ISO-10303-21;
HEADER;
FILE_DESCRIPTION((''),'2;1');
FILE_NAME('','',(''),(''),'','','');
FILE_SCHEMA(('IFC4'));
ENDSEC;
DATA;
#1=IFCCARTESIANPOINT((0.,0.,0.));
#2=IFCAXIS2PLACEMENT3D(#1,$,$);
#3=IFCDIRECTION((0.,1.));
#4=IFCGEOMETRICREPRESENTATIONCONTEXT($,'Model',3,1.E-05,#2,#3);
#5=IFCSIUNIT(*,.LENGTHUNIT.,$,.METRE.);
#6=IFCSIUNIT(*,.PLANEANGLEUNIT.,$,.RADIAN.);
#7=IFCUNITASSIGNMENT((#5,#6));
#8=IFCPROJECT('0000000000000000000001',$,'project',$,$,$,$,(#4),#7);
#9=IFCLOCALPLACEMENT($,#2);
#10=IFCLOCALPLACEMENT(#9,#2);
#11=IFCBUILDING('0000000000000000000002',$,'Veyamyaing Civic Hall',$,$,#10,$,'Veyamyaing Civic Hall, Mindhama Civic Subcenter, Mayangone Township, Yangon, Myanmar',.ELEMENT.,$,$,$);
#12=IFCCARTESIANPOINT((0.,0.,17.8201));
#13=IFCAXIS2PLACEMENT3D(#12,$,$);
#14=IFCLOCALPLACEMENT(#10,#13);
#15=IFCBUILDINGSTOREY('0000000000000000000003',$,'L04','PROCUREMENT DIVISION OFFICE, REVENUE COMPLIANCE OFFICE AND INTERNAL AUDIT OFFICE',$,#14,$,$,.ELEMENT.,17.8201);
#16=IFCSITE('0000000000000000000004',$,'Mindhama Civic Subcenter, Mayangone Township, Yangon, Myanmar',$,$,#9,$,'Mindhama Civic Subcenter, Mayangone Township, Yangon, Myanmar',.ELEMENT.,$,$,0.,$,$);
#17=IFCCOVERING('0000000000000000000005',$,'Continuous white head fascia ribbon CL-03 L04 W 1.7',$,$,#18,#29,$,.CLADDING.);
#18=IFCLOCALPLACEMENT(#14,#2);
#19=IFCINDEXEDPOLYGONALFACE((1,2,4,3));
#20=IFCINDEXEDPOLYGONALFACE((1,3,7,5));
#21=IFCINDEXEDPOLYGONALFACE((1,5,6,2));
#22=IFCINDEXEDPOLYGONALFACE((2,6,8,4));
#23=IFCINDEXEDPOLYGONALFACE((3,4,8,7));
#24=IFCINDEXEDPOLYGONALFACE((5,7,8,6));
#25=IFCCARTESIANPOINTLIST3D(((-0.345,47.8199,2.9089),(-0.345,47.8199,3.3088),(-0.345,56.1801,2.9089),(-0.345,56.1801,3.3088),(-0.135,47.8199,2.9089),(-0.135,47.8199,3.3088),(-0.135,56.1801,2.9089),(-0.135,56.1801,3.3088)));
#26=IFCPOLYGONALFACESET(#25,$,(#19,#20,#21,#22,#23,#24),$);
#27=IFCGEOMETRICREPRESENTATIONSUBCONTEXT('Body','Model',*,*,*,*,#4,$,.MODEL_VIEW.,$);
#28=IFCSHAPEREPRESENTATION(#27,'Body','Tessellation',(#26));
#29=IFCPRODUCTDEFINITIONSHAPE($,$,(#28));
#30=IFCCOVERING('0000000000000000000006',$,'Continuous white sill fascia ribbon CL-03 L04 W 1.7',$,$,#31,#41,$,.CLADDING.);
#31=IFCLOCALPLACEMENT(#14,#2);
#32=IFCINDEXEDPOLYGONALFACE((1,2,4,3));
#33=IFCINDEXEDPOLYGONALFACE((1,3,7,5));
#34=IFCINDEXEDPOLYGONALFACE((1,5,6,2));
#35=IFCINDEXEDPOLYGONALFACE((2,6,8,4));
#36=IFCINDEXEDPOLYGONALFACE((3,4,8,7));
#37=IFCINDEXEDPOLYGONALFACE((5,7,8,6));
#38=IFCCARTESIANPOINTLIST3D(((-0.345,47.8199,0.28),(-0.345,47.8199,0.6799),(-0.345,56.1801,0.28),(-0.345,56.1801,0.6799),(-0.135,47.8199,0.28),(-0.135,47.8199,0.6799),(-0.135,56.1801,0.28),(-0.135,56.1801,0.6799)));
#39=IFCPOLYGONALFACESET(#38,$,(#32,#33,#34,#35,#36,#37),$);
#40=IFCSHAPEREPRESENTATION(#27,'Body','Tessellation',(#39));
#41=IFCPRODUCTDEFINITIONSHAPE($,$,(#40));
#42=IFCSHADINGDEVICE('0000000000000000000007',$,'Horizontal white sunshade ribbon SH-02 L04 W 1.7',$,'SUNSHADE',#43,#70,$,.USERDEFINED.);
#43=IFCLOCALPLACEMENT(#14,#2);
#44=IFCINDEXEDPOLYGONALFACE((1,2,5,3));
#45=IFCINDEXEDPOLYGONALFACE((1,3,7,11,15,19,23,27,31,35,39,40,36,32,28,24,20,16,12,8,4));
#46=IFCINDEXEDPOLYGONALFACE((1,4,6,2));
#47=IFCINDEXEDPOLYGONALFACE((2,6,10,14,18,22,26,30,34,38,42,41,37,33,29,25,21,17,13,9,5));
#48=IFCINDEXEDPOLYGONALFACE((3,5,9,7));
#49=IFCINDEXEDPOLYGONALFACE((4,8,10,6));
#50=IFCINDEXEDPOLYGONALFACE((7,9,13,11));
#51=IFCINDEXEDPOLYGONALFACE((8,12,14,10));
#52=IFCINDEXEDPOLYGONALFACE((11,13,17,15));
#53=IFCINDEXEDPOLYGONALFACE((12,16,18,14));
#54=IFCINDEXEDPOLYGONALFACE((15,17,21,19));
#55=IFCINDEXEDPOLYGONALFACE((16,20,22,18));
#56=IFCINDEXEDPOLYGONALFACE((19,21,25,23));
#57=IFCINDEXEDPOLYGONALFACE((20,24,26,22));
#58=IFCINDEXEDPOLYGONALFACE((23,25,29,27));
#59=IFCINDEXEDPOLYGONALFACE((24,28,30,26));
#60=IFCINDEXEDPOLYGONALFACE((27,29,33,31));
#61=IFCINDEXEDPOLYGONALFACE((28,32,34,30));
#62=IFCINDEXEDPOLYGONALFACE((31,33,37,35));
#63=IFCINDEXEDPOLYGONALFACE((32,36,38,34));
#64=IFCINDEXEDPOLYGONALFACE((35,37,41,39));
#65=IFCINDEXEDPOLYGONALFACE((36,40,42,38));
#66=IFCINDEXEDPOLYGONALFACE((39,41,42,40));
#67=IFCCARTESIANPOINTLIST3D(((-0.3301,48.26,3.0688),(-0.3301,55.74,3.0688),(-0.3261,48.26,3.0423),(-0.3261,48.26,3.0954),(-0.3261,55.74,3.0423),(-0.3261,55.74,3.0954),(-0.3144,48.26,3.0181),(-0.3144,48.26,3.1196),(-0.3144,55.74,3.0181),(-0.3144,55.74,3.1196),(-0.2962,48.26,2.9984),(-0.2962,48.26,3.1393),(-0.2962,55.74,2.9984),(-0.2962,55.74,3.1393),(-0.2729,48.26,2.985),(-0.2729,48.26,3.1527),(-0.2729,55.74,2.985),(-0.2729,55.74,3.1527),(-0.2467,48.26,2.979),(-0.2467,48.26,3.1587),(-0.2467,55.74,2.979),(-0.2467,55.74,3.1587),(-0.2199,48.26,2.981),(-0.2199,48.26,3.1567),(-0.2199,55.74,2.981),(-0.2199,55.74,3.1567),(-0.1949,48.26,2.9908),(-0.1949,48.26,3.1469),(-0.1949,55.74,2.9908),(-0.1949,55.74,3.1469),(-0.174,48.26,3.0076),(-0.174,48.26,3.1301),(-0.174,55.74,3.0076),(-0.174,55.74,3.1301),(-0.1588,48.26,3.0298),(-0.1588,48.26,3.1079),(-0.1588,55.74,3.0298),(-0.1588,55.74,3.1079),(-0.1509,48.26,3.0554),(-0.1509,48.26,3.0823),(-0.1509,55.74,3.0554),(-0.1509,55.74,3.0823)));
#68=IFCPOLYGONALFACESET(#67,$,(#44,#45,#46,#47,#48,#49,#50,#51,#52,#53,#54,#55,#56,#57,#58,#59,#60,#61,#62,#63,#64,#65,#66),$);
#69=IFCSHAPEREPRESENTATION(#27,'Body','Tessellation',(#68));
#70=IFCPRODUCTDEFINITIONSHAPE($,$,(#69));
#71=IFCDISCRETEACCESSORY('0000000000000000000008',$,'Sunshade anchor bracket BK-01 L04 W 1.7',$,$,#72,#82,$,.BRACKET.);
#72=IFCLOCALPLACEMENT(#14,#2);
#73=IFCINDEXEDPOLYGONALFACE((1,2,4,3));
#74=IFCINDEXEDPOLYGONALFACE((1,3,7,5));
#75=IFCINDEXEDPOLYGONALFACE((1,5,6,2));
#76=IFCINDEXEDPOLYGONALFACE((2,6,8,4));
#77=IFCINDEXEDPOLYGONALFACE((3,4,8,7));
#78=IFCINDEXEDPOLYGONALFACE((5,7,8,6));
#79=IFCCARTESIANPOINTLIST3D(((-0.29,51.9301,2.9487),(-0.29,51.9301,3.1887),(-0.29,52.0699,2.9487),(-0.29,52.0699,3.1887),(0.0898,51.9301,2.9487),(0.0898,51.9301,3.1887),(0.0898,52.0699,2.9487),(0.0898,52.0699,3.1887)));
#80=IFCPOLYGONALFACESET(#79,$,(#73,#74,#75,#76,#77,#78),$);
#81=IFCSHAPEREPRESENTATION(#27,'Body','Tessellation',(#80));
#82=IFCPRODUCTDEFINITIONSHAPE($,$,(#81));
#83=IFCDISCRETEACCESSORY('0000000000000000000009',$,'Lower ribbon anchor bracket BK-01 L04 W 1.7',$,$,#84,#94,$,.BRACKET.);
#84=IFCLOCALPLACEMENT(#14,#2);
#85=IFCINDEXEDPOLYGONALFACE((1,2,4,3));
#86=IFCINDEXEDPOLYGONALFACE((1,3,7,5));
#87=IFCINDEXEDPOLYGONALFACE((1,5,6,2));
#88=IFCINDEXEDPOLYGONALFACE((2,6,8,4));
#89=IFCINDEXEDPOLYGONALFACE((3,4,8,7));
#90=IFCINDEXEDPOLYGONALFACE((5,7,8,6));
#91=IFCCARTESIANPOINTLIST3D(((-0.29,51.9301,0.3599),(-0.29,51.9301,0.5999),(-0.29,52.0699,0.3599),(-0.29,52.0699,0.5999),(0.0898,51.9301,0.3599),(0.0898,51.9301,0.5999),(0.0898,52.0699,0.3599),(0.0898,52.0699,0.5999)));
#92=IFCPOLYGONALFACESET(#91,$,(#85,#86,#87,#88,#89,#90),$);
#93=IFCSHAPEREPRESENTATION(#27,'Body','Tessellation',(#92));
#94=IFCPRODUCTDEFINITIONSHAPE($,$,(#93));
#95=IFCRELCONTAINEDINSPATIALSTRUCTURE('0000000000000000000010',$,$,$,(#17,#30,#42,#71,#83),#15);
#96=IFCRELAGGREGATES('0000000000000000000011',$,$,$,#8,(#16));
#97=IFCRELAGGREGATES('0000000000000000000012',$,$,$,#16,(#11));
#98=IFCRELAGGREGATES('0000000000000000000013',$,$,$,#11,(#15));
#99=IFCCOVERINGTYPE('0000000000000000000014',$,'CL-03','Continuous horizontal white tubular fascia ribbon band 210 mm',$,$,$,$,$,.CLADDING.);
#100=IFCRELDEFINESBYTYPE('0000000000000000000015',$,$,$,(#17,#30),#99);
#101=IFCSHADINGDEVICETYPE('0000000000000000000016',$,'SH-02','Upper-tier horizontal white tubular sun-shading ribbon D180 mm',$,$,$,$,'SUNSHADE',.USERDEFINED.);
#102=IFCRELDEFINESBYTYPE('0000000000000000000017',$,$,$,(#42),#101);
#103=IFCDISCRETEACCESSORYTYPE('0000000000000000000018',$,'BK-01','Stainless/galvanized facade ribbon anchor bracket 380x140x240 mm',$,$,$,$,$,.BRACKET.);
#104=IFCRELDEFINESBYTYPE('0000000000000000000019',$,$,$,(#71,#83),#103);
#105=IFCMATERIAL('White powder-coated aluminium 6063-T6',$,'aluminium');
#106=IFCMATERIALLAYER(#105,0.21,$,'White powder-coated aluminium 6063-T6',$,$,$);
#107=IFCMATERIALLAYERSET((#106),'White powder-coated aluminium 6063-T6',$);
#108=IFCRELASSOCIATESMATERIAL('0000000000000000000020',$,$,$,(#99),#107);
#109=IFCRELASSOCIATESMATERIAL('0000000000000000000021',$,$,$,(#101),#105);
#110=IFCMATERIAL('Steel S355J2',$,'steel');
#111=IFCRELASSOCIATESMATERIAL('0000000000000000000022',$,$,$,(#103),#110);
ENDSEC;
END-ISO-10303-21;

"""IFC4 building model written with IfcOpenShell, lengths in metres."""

from ifc_helpers import new_model, si_unit, direction, frame, origin, origin_2d, place, context, subcontext, project, spatial, rectangle, circle, extrude, material, layer, layer_set, material_profile, profile_set, type_object, element, save


model = new_model("IFC4")

# Units and contexts
model_context = context("Model", 3, precision=1e-05, world=origin(), true_north=direction((0.0, 1.0)))
body_context = subcontext(model_context, "Body", "Model", "MODEL_VIEW")
ifc_project = project(units=[si_unit("LENGTHUNIT", "METRE"), si_unit("PLANEANGLEUNIT", "RADIAN")], contexts=[model_context])

# Site, building, storey
site_placement = place(None, origin())
site = spatial("IfcSite", under=ifc_project, at=site_placement, Name="Mindhama Civic Subcenter, Mayangone Township, Yangon, Myanmar", LongName="Mindhama Civic Subcenter, Mayangone Township, Yangon, Myanmar", CompositionType="ELEMENT", RefElevation=0.0)
building_placement = place(site_placement, origin())
building = spatial("IfcBuilding", under=site, at=building_placement, Name="Veyamyaing Civic Hall", LongName="Veyamyaing Civic Hall, Mindhama Civic Subcenter, Mayangone Township, Yangon, Myanmar", CompositionType="ELEMENT")
storey_placement = place(building_placement, frame((0.0, 0.0, 17.8201)))
storey = spatial("IfcBuildingStorey", under=building, at=storey_placement, Name="L04", Description="PROCUREMENT DIVISION OFFICE, REVENUE COMPLIANCE OFFICE AND INTERNAL AUDIT OFFICE", CompositionType="ELEMENT", Elevation=17.8201)

# Coverings
ifc_material_1 = material(Name="White powder-coated aluminium 6063-T6", Category="aluminium")
ifc_layer_1 = layer(ifc_material_1, 0.21, Name="White powder-coated aluminium 6063-T6")
ifc_layer_set_1 = layer_set([ifc_layer_1], Name="White powder-coated aluminium 6063-T6")
covering_type_1 = type_object("IfcCoveringType", Name="CL-03", Description="Continuous horizontal white tubular fascia ribbon band 210 mm", PredefinedType="CLADDING", material=ifc_layer_set_1)
for number, where, z_axis, x_axis, name in (
    (1, (-0.24, 52.0, 2.9089), (0.0, 0.0, 1.0), (0.0, 1.0, 0.0), "Continuous white head fascia ribbon CL-03 L04 W 1.7"),
    (2, (-0.24, 52.0, 0.28), (0.0, 0.0, 1.0), (0.0, 1.0, 0.0), "Continuous white sill fascia ribbon CL-03 L04 W 1.7"),
):
    element("IfcCovering", number, at=place(storey_placement, frame(where, z_axis=z_axis, x_axis=x_axis)), inside=storey, type_object=covering_type_1, Name=name, PredefinedType="CLADDING", context=body_context, shape_type="SweptSolid", body=[
        extrude(rectangle(XDim=8.3601, YDim=0.21, at=origin_2d()), origin(), (0.0, 0.0, 1.0), 0.3999),
    ])

# Shading device
ifc_material_profile_1 = material_profile(ifc_material_1, circle(Radius=0.0901, at=origin_2d()), Name="SHADE-TUBE-180")
ifc_profile_set_1 = profile_set([ifc_material_profile_1], Name="White powder-coated aluminium 6063-T6")
shading_device_type = type_object("IfcShadingDeviceType", Name="SH-02", Description="Upper-tier horizontal white tubular sun-shading ribbon D180 mm", ElementType="SUNSHADE", PredefinedType="USERDEFINED", material=ifc_profile_set_1)
shading_device_placement = place(storey_placement, frame((-0.24, 48.26, 3.0688), z_axis=(0.0, 1.0, 0.0), x_axis=(-1.0, 0.0, 0.0)))
element("IfcShadingDevice", 3, at=shading_device_placement, inside=storey, type_object=shading_device_type, Name="Horizontal white sunshade ribbon SH-02 L04 W 1.7", ObjectType="SUNSHADE", PredefinedType="USERDEFINED", context=body_context, shape_type="SweptSolid", body=[
    extrude(circle(Radius=0.0901, at=origin_2d()), origin(), (0.0, 0.0, 1.0), 7.48),
])

# Discrete accessories
ifc_material_2 = material(Name="Steel S355J2", Category="steel")
discrete_accessory_type = type_object("IfcDiscreteAccessoryType", Name="BK-01", Description="Stainless/galvanized facade ribbon anchor bracket 380x140x240 mm", PredefinedType="BRACKET", material=ifc_material_2)
for number, where, z_axis, x_axis, name in (
    (4, (-0.1001, 52.0, 2.9487), (0.0, 0.0, 1.0), (-1.0, 0.0, 0.0), "Sunshade anchor bracket BK-01 L04 W 1.7"),
    (5, (-0.1001, 52.0, 0.3599), (0.0, 0.0, 1.0), (-1.0, 0.0, 0.0), "Lower ribbon anchor bracket BK-01 L04 W 1.7"),
):
    element("IfcDiscreteAccessory", number, at=place(storey_placement, frame(where, z_axis=z_axis, x_axis=x_axis)), inside=storey, type_object=discrete_accessory_type, Name=name, PredefinedType="BRACKET", context=body_context, shape_type="SweptSolid", body=[
        extrude(rectangle(XDim=0.3799, YDim=0.1399, at=origin_2d()), origin(), (0.0, 0.0, 1.0), 0.24),
    ])

save(model, "model.ifc")
